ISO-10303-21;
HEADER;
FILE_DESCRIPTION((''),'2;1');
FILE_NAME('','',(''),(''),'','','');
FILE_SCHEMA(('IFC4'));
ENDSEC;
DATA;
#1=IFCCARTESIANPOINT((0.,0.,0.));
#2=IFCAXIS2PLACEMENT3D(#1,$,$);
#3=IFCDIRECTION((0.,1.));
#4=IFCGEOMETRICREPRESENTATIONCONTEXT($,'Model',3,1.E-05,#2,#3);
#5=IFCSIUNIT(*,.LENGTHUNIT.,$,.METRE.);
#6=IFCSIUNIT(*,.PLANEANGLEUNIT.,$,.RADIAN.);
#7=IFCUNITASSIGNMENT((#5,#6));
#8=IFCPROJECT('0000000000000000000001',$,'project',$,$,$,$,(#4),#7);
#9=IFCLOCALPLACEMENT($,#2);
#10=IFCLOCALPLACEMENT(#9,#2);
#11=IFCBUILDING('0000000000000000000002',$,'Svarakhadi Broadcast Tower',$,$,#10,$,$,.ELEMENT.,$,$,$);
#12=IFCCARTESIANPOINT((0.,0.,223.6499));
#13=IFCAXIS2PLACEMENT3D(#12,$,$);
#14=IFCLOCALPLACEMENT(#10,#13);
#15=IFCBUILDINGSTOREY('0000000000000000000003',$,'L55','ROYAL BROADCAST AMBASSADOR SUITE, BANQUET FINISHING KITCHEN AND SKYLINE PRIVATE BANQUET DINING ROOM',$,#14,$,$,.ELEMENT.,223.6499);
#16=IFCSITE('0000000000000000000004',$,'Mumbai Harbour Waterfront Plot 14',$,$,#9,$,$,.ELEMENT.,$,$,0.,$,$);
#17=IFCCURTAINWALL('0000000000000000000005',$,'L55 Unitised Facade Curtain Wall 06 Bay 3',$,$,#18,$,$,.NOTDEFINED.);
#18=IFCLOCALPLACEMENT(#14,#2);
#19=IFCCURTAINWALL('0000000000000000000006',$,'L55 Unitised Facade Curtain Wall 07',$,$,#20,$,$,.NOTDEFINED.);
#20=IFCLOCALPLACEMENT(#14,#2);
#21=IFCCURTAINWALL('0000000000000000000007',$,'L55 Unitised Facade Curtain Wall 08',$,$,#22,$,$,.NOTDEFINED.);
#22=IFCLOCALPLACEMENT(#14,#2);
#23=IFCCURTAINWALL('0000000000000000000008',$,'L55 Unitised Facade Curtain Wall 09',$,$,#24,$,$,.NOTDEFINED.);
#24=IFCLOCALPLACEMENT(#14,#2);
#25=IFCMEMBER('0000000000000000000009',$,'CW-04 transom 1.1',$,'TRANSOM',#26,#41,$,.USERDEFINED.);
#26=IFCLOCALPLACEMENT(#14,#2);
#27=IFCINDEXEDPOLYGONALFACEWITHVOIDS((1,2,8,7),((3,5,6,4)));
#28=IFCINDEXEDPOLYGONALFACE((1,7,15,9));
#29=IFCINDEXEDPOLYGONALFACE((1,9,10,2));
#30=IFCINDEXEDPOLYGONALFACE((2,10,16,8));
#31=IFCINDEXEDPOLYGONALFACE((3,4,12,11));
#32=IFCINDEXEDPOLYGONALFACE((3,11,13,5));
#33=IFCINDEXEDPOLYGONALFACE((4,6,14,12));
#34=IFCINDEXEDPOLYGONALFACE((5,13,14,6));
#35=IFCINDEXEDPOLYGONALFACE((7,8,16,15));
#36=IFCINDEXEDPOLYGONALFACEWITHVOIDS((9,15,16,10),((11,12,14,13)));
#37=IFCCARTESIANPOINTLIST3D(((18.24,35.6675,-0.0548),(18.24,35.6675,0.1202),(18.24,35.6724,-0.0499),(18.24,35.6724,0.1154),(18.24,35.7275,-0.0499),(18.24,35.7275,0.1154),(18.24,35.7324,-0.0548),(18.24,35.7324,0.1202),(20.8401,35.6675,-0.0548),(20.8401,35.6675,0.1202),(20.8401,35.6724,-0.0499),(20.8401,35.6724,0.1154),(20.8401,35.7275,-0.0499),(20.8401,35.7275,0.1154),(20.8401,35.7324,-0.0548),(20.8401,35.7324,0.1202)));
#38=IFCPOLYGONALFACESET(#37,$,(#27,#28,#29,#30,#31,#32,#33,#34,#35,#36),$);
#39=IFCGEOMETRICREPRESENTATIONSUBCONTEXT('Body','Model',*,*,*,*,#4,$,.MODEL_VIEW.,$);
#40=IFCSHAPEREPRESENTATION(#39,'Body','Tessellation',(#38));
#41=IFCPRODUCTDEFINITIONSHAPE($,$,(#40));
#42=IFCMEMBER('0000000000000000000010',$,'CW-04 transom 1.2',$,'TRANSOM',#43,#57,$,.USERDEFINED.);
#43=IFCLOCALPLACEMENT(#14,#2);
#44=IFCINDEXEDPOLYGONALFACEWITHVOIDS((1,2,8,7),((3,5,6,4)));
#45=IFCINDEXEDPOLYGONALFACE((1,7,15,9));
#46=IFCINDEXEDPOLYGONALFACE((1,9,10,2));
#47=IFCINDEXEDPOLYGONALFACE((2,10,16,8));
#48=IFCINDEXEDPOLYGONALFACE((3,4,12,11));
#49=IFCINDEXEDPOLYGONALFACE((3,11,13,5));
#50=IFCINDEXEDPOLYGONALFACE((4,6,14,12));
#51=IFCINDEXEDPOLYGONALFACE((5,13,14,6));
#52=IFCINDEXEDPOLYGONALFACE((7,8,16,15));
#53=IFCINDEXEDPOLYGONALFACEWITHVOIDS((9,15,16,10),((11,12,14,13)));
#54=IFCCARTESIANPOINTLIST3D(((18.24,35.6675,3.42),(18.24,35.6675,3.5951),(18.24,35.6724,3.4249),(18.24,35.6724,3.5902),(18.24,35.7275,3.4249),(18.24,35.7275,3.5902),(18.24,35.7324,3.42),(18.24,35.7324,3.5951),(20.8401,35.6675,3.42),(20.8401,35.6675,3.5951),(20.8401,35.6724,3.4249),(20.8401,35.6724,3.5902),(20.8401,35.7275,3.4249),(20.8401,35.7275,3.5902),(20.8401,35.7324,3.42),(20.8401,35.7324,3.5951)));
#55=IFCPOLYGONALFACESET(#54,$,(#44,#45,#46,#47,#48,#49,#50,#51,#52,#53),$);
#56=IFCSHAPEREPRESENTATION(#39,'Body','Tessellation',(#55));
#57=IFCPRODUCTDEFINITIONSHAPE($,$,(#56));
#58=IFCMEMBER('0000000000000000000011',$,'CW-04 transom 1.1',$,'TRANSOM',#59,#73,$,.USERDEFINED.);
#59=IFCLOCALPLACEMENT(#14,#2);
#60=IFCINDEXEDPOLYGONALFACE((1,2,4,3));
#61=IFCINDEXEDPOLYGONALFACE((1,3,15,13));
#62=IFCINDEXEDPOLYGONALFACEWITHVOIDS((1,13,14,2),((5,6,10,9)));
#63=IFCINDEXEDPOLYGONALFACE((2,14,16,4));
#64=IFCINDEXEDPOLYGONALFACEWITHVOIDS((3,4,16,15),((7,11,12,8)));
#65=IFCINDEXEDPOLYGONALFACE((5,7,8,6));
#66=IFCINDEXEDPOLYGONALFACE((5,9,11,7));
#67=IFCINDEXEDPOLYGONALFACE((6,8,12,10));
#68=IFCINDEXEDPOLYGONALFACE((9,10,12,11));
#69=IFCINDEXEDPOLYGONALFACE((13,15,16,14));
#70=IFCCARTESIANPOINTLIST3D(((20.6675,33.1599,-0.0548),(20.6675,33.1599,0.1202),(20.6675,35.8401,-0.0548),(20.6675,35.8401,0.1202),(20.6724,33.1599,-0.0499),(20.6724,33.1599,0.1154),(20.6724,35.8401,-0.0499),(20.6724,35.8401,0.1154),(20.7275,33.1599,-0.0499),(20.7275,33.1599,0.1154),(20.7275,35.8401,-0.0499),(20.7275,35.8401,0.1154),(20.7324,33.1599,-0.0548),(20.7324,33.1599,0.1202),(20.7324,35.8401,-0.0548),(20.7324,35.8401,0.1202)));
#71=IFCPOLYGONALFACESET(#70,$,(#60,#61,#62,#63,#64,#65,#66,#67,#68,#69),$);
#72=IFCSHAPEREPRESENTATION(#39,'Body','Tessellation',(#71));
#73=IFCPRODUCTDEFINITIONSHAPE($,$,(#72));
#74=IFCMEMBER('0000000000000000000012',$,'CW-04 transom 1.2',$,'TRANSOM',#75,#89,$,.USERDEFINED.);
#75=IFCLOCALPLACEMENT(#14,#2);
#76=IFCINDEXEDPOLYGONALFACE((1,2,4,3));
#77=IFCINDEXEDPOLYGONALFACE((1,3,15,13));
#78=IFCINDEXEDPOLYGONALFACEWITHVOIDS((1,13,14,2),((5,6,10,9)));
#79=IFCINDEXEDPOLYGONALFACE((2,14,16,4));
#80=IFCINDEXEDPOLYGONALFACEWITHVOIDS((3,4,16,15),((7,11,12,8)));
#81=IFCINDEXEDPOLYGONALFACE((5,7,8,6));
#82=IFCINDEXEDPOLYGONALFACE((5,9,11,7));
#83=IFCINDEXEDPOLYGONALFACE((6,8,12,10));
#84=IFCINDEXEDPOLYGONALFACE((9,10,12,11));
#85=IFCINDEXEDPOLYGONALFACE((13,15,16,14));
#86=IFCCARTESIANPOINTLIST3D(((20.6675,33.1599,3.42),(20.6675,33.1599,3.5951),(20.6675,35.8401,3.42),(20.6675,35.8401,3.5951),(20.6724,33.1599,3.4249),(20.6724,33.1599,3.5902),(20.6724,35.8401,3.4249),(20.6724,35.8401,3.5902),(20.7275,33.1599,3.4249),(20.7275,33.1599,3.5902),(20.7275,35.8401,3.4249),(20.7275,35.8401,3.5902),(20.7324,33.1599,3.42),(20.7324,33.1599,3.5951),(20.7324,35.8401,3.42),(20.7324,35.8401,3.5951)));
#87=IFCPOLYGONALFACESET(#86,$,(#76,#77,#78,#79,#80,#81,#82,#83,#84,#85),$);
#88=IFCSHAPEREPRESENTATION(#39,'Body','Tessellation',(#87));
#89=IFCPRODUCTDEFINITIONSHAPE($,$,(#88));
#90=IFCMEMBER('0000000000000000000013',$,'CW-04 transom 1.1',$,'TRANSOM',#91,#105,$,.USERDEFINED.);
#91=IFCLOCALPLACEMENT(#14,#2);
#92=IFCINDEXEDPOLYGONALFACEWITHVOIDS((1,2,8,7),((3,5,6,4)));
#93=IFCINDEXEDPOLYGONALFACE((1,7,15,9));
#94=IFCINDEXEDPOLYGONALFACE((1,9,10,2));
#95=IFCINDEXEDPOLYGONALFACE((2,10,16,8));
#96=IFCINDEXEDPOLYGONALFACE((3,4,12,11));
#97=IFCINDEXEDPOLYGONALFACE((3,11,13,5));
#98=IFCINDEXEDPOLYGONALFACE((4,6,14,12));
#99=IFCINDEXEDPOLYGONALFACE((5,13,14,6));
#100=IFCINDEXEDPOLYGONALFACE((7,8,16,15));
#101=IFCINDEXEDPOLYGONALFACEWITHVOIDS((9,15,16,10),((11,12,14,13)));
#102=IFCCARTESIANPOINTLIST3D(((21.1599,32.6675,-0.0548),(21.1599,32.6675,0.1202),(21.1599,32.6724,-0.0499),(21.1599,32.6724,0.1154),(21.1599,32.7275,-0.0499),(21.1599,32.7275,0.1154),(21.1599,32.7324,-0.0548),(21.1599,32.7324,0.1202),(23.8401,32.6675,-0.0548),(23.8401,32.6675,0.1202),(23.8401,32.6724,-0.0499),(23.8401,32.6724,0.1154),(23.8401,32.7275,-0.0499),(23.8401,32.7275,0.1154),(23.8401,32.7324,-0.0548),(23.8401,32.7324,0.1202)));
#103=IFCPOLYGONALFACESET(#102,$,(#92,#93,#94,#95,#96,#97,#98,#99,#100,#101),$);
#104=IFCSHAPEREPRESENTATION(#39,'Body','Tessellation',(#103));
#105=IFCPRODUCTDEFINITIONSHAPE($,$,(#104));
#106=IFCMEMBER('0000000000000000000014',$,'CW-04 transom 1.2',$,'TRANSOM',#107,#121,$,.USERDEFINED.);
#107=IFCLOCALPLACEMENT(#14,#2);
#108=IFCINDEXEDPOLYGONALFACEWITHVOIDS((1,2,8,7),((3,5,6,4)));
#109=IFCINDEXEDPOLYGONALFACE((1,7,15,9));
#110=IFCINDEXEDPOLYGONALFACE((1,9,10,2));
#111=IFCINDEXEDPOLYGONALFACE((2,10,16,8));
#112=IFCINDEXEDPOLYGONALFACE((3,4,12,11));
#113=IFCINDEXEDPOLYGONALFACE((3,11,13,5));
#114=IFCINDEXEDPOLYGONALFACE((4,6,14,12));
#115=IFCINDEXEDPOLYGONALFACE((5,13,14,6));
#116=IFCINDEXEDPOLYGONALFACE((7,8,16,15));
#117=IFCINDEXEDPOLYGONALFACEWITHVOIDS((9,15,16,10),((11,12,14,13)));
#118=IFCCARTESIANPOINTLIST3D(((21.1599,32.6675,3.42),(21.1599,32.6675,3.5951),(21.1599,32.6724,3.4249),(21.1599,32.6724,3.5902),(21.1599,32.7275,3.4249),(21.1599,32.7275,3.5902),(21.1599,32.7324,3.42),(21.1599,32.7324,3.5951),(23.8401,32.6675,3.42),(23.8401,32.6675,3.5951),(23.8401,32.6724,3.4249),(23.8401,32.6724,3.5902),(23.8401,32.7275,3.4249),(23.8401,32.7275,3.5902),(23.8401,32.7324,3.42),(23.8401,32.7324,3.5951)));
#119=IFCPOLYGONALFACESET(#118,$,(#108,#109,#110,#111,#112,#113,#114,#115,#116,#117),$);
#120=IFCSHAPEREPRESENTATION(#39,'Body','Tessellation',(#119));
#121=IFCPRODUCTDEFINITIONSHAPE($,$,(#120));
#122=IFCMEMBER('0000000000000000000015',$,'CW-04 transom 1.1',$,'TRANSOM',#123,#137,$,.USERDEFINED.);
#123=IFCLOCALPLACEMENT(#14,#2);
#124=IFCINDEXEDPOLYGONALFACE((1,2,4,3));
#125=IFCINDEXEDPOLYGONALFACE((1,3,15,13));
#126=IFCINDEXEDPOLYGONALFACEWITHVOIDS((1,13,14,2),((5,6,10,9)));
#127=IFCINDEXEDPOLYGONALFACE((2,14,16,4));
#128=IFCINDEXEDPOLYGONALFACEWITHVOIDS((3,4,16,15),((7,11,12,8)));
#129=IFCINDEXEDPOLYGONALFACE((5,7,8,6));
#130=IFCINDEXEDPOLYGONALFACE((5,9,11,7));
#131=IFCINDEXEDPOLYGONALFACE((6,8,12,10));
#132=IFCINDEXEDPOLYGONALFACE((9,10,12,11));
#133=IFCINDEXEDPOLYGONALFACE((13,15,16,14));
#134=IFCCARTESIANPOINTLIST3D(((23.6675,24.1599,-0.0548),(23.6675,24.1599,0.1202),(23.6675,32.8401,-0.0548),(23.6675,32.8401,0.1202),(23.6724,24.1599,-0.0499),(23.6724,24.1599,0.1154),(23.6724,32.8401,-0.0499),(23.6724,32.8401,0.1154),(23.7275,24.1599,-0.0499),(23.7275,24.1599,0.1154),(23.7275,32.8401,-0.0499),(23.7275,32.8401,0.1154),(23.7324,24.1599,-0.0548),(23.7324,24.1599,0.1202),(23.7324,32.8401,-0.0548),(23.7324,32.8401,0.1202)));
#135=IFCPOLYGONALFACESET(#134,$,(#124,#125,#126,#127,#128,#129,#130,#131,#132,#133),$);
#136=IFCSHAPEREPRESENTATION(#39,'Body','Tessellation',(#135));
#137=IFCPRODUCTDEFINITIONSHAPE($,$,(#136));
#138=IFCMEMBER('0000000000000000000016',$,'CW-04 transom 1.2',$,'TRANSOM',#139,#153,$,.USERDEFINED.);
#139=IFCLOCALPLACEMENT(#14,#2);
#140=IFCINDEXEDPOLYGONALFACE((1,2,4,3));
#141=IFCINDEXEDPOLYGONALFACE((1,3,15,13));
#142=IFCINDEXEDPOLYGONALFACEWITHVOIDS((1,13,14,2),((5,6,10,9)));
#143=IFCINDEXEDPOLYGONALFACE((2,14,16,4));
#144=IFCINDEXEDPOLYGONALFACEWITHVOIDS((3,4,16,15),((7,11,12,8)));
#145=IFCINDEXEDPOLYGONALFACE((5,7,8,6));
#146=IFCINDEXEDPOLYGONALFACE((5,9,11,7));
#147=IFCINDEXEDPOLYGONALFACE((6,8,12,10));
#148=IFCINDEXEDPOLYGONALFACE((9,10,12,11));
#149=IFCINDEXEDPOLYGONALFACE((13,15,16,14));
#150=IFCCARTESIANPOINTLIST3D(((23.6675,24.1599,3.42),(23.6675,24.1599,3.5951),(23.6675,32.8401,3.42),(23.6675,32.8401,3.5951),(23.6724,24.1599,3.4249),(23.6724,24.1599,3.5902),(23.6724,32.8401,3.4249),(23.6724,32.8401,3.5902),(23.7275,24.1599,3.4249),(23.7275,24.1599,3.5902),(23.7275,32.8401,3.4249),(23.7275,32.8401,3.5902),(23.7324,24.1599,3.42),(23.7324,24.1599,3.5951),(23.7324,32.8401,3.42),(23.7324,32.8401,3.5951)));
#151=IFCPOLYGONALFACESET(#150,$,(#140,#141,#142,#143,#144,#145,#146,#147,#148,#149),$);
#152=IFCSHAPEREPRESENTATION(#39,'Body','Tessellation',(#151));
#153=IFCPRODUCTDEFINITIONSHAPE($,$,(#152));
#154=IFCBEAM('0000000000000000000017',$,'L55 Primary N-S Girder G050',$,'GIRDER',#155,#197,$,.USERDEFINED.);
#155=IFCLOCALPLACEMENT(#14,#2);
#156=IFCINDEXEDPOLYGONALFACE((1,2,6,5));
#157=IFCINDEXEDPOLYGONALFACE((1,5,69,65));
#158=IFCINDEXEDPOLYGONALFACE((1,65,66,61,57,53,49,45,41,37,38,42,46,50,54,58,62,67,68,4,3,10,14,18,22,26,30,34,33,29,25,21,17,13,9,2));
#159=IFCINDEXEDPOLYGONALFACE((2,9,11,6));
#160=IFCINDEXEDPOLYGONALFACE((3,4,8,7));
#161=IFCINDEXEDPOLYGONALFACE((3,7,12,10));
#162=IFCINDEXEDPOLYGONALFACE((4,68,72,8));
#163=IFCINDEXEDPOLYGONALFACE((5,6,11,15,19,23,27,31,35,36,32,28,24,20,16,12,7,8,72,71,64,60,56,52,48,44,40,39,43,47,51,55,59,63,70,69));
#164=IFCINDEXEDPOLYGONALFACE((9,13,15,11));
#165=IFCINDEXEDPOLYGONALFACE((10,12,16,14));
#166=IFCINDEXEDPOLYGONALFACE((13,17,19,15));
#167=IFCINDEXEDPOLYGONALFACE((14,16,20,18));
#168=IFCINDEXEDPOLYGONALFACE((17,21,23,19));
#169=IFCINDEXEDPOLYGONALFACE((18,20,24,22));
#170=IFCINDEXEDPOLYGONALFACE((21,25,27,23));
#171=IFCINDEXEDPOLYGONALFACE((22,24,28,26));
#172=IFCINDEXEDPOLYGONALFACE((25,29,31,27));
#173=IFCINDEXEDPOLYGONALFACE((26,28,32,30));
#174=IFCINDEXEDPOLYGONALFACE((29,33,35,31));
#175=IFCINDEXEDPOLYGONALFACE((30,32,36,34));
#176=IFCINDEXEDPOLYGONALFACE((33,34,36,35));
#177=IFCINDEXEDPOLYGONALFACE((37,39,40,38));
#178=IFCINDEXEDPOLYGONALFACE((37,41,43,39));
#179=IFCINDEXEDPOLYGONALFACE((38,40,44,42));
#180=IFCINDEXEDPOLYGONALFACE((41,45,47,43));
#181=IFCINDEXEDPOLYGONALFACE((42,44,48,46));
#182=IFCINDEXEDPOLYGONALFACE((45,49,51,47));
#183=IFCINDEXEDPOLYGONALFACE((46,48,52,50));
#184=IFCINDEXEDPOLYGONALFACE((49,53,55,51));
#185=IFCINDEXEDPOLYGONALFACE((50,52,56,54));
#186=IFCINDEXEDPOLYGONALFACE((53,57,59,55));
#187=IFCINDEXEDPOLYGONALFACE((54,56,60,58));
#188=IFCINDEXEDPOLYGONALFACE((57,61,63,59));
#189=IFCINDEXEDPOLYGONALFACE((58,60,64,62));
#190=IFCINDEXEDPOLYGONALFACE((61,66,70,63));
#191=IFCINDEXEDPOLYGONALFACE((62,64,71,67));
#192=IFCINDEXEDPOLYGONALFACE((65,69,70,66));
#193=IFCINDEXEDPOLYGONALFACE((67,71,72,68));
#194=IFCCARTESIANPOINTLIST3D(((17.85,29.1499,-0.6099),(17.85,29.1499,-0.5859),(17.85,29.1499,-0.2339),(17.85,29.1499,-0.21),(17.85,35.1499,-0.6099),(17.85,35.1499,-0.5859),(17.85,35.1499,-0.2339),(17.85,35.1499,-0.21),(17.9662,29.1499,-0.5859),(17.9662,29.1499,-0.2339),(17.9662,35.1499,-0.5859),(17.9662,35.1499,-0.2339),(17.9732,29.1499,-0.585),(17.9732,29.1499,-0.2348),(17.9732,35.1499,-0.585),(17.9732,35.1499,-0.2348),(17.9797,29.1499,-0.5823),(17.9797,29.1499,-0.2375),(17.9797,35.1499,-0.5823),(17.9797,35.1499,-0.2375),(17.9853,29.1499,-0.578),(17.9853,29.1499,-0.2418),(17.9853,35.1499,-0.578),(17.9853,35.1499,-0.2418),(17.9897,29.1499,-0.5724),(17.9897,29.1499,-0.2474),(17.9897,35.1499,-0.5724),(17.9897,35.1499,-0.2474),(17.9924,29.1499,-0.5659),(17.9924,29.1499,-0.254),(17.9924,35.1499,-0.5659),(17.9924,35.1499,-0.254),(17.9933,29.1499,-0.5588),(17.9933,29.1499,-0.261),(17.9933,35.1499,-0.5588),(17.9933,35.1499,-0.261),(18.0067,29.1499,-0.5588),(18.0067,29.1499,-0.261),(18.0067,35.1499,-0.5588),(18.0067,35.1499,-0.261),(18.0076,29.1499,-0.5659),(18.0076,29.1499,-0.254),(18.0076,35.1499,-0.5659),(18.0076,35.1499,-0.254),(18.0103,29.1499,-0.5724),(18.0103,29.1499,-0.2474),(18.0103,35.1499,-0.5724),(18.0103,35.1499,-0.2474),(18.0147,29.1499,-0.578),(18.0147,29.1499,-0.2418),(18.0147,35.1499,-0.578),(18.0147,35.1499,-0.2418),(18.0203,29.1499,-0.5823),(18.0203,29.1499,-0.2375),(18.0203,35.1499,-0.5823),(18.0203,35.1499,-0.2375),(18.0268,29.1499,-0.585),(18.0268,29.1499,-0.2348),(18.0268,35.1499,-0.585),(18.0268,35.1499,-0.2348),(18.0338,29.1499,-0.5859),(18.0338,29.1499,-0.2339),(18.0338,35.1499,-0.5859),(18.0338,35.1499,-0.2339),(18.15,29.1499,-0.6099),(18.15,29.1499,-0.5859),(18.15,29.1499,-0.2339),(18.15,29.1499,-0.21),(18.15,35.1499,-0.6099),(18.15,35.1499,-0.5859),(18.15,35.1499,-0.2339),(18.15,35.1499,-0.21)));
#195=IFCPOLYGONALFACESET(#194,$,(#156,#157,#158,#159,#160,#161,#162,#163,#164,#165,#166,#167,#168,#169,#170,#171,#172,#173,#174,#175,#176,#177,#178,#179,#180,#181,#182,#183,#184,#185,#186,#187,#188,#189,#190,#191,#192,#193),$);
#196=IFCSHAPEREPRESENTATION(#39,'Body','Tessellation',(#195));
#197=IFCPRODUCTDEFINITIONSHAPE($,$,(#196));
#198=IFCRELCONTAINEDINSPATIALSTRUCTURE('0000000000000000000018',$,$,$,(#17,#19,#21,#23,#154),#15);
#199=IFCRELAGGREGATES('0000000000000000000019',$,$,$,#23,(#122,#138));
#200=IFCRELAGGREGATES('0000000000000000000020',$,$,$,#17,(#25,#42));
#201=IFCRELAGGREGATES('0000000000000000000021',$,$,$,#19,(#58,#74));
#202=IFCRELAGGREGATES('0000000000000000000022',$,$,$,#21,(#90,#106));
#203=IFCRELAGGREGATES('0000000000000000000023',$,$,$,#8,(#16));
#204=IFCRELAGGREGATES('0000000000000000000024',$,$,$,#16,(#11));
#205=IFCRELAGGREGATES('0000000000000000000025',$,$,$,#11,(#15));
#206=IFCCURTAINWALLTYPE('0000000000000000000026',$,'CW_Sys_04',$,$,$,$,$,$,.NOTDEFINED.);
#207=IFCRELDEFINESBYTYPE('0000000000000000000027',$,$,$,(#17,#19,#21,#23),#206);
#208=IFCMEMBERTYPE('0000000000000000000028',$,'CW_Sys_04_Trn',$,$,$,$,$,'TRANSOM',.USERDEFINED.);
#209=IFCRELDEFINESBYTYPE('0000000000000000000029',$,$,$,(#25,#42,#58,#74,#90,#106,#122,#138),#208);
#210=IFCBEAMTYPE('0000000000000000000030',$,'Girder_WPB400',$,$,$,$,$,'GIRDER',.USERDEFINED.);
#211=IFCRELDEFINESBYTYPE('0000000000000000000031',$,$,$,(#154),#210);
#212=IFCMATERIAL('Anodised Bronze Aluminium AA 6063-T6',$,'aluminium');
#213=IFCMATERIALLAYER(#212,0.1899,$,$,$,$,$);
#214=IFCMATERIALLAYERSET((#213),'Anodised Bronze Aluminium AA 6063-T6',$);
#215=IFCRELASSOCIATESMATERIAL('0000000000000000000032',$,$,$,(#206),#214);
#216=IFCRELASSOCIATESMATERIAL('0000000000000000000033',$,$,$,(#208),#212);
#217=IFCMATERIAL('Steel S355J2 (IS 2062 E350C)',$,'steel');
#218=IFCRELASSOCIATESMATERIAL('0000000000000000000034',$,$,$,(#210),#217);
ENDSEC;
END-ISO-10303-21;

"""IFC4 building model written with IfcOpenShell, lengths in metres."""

from ifc_helpers import new_model, si_unit, direction, frame, origin, origin_2d, place, context, subcontext, project, spatial, hollow_rectangle, i_section, extrude, material, layer, layer_set, material_profile, profile_set, type_object, element, aggregate, save


model = new_model("IFC4")

# Units and contexts
model_context = context("Model", 3, precision=1e-05, world=origin(), true_north=direction((0.0, 1.0)))
body_context = subcontext(model_context, "Body", "Model", "MODEL_VIEW")
ifc_project = project(units=[si_unit("LENGTHUNIT", "METRE"), si_unit("PLANEANGLEUNIT", "RADIAN")], contexts=[model_context])

# Site, building, storey
site_placement = place(None, origin())
site = spatial("IfcSite", under=ifc_project, at=site_placement, Name="Mumbai Harbour Waterfront Plot 14", CompositionType="ELEMENT", RefElevation=0.0)
building_placement = place(site_placement, origin())
building = spatial("IfcBuilding", under=site, at=building_placement, Name="Svarakhadi Broadcast Tower", CompositionType="ELEMENT")
storey_placement = place(building_placement, frame((0.0, 0.0, 223.6499)))
storey = spatial("IfcBuildingStorey", under=building, at=storey_placement, Name="L55", Description="ROYAL BROADCAST AMBASSADOR SUITE, BANQUET FINISHING KITCHEN AND SKYLINE PRIVATE BANQUET DINING ROOM", CompositionType="ELEMENT", Elevation=223.6499)

# Curtain walls
ifc_material_1 = material(Name="Anodised Bronze Aluminium AA 6063-T6", Category="aluminium")
ifc_layer_1 = layer(ifc_material_1, 0.1899)
ifc_layer_set_1 = layer_set([ifc_layer_1], Name="Anodised Bronze Aluminium AA 6063-T6")
curtain_wall_type = type_object("IfcCurtainWallType", Name="CW_Sys_04", PredefinedType="NOTDEFINED", material=ifc_layer_set_1)
curtain_wall_1_placement = place(storey_placement, origin())
curtain_wall_1 = element("IfcCurtainWall", 1, at=curtain_wall_1_placement, inside=storey, type_object=curtain_wall_type, Name="L55 Unitised Facade Curtain Wall 06 Bay 3", PredefinedType="NOTDEFINED")
curtain_wall_2_placement = place(storey_placement, origin())
curtain_wall_2 = element("IfcCurtainWall", 2, at=curtain_wall_2_placement, inside=storey, type_object=curtain_wall_type, Name="L55 Unitised Facade Curtain Wall 07", PredefinedType="NOTDEFINED")
curtain_wall_3_placement = place(storey_placement, origin())
curtain_wall_3 = element("IfcCurtainWall", 3, at=curtain_wall_3_placement, inside=storey, type_object=curtain_wall_type, Name="L55 Unitised Facade Curtain Wall 08", PredefinedType="NOTDEFINED")

# Curtain wall
curtain_wall_4_placement = place(storey_placement, origin())
curtain_wall_4 = element("IfcCurtainWall", 4, at=curtain_wall_4_placement, inside=storey, type_object=curtain_wall_type, Name="L55 Unitised Facade Curtain Wall 09", PredefinedType="NOTDEFINED")

# Members
ifc_material_profile_1 = material_profile(ifc_material_1, hollow_rectangle(XDim=0.0649, YDim=0.175, WallThickness=0.0049, at=origin_2d()), Name="ALU TRANSOM 175x65x5")
ifc_profile_set_1 = profile_set([ifc_material_profile_1], Name="Anodised Bronze Aluminium AA 6063-T6")
member_type_1 = type_object("IfcMemberType", Name="CW_Sys_04_Trn", ElementType="TRANSOM", PredefinedType="USERDEFINED", material=ifc_profile_set_1)
member_1_placement = place(storey_placement, frame((18.24, 35.7, 0.0327), z_axis=(1.0, 0.0, 0.0), x_axis=(0.0, 1.0, 0.0)))
member_1 = element("IfcMember", 5, at=member_1_placement, type_object=member_type_1, Name="CW-04 transom 1.1", ObjectType="TRANSOM", PredefinedType="USERDEFINED", context=body_context, shape_type="SweptSolid", body=[
    extrude(hollow_rectangle(XDim=0.0649, YDim=0.175, WallThickness=0.0049, at=origin_2d()), origin(), (0.0, 0.0, 1.0), 2.6001),
])
member_2_placement = place(storey_placement, frame((18.24, 35.7, 3.5076), z_axis=(1.0, 0.0, 0.0), x_axis=(0.0, 1.0, 0.0)))
member_2 = element("IfcMember", 6, at=member_2_placement, type_object=member_type_1, Name="CW-04 transom 1.2", ObjectType="TRANSOM", PredefinedType="USERDEFINED", context=body_context, shape_type="SweptSolid", body=[
    extrude(hollow_rectangle(XDim=0.0649, YDim=0.175, WallThickness=0.0049, at=origin_2d()), origin(), (0.0, 0.0, 1.0), 2.6001),
])
member_3_placement = place(storey_placement, frame((20.7, 35.8401, 0.0327), z_axis=(0.0, -1.0, 0.0), x_axis=(1.0, 0.0, 0.0)))
member_3 = element("IfcMember", 7, at=member_3_placement, type_object=member_type_1, Name="CW-04 transom 1.1", ObjectType="TRANSOM", PredefinedType="USERDEFINED", context=body_context, shape_type="SweptSolid", body=[
    extrude(hollow_rectangle(XDim=0.0649, YDim=0.175, WallThickness=0.0049, at=origin_2d()), origin(), (0.0, 0.0, 1.0), 2.6802),
])
member_4_placement = place(storey_placement, frame((20.7, 35.8401, 3.5076), z_axis=(0.0, -1.0, 0.0), x_axis=(1.0, 0.0, 0.0)))
member_4 = element("IfcMember", 8, at=member_4_placement, type_object=member_type_1, Name="CW-04 transom 1.2", ObjectType="TRANSOM", PredefinedType="USERDEFINED", context=body_context, shape_type="SweptSolid", body=[
    extrude(hollow_rectangle(XDim=0.0649, YDim=0.175, WallThickness=0.0049, at=origin_2d()), origin(), (0.0, 0.0, 1.0), 2.6802),
])
member_5_placement = place(storey_placement, frame((21.1599, 32.7, 0.0327), z_axis=(1.0, 0.0, 0.0), x_axis=(0.0, 1.0, 0.0)))
member_5 = element("IfcMember", 9, at=member_5_placement, type_object=member_type_1, Name="CW-04 transom 1.1", ObjectType="TRANSOM", PredefinedType="USERDEFINED", context=body_context, shape_type="SweptSolid", body=[
    extrude(hollow_rectangle(XDim=0.0649, YDim=0.175, WallThickness=0.0049, at=origin_2d()), origin(), (0.0, 0.0, 1.0), 2.6802),
])
member_6_placement = place(storey_placement, frame((21.1599, 32.7, 3.5076), z_axis=(1.0, 0.0, 0.0), x_axis=(0.0, 1.0, 0.0)))
member_6 = element("IfcMember", 10, at=member_6_placement, type_object=member_type_1, Name="CW-04 transom 1.2", ObjectType="TRANSOM", PredefinedType="USERDEFINED", context=body_context, shape_type="SweptSolid", body=[
    extrude(hollow_rectangle(XDim=0.0649, YDim=0.175, WallThickness=0.0049, at=origin_2d()), origin(), (0.0, 0.0, 1.0), 2.6802),
])
member_7_placement = place(storey_placement, frame((23.7, 32.8401, 0.0327), z_axis=(0.0, -1.0, 0.0), x_axis=(1.0, 0.0, 0.0)))
member_7 = element("IfcMember", 11, at=member_7_placement, type_object=member_type_1, Name="CW-04 transom 1.1", ObjectType="TRANSOM", PredefinedType="USERDEFINED", context=body_context, shape_type="SweptSolid", body=[
    extrude(hollow_rectangle(XDim=0.0649, YDim=0.175, WallThickness=0.0049, at=origin_2d()), origin(), (0.0, 0.0, 1.0), 8.6802),
])
member_8_placement = place(storey_placement, frame((23.7, 32.8401, 3.5076), z_axis=(0.0, -1.0, 0.0), x_axis=(1.0, 0.0, 0.0)))
member_8 = element("IfcMember", 12, at=member_8_placement, type_object=member_type_1, Name="CW-04 transom 1.2", ObjectType="TRANSOM", PredefinedType="USERDEFINED", context=body_context, shape_type="SweptSolid", body=[
    extrude(hollow_rectangle(XDim=0.0649, YDim=0.175, WallThickness=0.0049, at=origin_2d()), origin(), (0.0, 0.0, 1.0), 8.6802),
])
aggregate(curtain_wall_4, [member_7, member_8])

# Beam
ifc_material_2 = material(Name="Steel S355J2 (IS 2062 E350C)", Category="steel")
ifc_material_profile_2 = material_profile(ifc_material_2, i_section(OverallWidth=0.3, OverallDepth=0.3999, WebThickness=0.0134, FlangeThickness=0.0239, FilletRadius=0.0271, at=origin_2d()), Name="WPB 400x300x155")
ifc_profile_set_2 = profile_set([ifc_material_profile_2], Name="Steel S355J2 (IS 2062 E350C)")
beam_type = type_object("IfcBeamType", Name="Girder_WPB400", ElementType="GIRDER", PredefinedType="USERDEFINED", material=ifc_profile_set_2)
beam_placement = place(storey_placement, frame((18.0, 29.1499, -0.4099), z_axis=(0.0, 1.0, 0.0), x_axis=(-1.0, 0.0, 0.0)))
element("IfcBeam", 13, at=beam_placement, inside=storey, type_object=beam_type, Name="L55 Primary N-S Girder G050", ObjectType="GIRDER", PredefinedType="USERDEFINED", context=body_context, shape_type="SweptSolid", body=[
    extrude(i_section(OverallWidth=0.3, OverallDepth=0.3999, WebThickness=0.0134, FlangeThickness=0.0239, FilletRadius=0.0271, at=origin_2d()), origin(), (0.0, 0.0, 1.0), 6.0),
])

aggregate(curtain_wall_1, [member_1, member_2])
aggregate(curtain_wall_2, [member_3, member_4])
aggregate(curtain_wall_3, [member_5, member_6])

save(model, "model.ifc")
